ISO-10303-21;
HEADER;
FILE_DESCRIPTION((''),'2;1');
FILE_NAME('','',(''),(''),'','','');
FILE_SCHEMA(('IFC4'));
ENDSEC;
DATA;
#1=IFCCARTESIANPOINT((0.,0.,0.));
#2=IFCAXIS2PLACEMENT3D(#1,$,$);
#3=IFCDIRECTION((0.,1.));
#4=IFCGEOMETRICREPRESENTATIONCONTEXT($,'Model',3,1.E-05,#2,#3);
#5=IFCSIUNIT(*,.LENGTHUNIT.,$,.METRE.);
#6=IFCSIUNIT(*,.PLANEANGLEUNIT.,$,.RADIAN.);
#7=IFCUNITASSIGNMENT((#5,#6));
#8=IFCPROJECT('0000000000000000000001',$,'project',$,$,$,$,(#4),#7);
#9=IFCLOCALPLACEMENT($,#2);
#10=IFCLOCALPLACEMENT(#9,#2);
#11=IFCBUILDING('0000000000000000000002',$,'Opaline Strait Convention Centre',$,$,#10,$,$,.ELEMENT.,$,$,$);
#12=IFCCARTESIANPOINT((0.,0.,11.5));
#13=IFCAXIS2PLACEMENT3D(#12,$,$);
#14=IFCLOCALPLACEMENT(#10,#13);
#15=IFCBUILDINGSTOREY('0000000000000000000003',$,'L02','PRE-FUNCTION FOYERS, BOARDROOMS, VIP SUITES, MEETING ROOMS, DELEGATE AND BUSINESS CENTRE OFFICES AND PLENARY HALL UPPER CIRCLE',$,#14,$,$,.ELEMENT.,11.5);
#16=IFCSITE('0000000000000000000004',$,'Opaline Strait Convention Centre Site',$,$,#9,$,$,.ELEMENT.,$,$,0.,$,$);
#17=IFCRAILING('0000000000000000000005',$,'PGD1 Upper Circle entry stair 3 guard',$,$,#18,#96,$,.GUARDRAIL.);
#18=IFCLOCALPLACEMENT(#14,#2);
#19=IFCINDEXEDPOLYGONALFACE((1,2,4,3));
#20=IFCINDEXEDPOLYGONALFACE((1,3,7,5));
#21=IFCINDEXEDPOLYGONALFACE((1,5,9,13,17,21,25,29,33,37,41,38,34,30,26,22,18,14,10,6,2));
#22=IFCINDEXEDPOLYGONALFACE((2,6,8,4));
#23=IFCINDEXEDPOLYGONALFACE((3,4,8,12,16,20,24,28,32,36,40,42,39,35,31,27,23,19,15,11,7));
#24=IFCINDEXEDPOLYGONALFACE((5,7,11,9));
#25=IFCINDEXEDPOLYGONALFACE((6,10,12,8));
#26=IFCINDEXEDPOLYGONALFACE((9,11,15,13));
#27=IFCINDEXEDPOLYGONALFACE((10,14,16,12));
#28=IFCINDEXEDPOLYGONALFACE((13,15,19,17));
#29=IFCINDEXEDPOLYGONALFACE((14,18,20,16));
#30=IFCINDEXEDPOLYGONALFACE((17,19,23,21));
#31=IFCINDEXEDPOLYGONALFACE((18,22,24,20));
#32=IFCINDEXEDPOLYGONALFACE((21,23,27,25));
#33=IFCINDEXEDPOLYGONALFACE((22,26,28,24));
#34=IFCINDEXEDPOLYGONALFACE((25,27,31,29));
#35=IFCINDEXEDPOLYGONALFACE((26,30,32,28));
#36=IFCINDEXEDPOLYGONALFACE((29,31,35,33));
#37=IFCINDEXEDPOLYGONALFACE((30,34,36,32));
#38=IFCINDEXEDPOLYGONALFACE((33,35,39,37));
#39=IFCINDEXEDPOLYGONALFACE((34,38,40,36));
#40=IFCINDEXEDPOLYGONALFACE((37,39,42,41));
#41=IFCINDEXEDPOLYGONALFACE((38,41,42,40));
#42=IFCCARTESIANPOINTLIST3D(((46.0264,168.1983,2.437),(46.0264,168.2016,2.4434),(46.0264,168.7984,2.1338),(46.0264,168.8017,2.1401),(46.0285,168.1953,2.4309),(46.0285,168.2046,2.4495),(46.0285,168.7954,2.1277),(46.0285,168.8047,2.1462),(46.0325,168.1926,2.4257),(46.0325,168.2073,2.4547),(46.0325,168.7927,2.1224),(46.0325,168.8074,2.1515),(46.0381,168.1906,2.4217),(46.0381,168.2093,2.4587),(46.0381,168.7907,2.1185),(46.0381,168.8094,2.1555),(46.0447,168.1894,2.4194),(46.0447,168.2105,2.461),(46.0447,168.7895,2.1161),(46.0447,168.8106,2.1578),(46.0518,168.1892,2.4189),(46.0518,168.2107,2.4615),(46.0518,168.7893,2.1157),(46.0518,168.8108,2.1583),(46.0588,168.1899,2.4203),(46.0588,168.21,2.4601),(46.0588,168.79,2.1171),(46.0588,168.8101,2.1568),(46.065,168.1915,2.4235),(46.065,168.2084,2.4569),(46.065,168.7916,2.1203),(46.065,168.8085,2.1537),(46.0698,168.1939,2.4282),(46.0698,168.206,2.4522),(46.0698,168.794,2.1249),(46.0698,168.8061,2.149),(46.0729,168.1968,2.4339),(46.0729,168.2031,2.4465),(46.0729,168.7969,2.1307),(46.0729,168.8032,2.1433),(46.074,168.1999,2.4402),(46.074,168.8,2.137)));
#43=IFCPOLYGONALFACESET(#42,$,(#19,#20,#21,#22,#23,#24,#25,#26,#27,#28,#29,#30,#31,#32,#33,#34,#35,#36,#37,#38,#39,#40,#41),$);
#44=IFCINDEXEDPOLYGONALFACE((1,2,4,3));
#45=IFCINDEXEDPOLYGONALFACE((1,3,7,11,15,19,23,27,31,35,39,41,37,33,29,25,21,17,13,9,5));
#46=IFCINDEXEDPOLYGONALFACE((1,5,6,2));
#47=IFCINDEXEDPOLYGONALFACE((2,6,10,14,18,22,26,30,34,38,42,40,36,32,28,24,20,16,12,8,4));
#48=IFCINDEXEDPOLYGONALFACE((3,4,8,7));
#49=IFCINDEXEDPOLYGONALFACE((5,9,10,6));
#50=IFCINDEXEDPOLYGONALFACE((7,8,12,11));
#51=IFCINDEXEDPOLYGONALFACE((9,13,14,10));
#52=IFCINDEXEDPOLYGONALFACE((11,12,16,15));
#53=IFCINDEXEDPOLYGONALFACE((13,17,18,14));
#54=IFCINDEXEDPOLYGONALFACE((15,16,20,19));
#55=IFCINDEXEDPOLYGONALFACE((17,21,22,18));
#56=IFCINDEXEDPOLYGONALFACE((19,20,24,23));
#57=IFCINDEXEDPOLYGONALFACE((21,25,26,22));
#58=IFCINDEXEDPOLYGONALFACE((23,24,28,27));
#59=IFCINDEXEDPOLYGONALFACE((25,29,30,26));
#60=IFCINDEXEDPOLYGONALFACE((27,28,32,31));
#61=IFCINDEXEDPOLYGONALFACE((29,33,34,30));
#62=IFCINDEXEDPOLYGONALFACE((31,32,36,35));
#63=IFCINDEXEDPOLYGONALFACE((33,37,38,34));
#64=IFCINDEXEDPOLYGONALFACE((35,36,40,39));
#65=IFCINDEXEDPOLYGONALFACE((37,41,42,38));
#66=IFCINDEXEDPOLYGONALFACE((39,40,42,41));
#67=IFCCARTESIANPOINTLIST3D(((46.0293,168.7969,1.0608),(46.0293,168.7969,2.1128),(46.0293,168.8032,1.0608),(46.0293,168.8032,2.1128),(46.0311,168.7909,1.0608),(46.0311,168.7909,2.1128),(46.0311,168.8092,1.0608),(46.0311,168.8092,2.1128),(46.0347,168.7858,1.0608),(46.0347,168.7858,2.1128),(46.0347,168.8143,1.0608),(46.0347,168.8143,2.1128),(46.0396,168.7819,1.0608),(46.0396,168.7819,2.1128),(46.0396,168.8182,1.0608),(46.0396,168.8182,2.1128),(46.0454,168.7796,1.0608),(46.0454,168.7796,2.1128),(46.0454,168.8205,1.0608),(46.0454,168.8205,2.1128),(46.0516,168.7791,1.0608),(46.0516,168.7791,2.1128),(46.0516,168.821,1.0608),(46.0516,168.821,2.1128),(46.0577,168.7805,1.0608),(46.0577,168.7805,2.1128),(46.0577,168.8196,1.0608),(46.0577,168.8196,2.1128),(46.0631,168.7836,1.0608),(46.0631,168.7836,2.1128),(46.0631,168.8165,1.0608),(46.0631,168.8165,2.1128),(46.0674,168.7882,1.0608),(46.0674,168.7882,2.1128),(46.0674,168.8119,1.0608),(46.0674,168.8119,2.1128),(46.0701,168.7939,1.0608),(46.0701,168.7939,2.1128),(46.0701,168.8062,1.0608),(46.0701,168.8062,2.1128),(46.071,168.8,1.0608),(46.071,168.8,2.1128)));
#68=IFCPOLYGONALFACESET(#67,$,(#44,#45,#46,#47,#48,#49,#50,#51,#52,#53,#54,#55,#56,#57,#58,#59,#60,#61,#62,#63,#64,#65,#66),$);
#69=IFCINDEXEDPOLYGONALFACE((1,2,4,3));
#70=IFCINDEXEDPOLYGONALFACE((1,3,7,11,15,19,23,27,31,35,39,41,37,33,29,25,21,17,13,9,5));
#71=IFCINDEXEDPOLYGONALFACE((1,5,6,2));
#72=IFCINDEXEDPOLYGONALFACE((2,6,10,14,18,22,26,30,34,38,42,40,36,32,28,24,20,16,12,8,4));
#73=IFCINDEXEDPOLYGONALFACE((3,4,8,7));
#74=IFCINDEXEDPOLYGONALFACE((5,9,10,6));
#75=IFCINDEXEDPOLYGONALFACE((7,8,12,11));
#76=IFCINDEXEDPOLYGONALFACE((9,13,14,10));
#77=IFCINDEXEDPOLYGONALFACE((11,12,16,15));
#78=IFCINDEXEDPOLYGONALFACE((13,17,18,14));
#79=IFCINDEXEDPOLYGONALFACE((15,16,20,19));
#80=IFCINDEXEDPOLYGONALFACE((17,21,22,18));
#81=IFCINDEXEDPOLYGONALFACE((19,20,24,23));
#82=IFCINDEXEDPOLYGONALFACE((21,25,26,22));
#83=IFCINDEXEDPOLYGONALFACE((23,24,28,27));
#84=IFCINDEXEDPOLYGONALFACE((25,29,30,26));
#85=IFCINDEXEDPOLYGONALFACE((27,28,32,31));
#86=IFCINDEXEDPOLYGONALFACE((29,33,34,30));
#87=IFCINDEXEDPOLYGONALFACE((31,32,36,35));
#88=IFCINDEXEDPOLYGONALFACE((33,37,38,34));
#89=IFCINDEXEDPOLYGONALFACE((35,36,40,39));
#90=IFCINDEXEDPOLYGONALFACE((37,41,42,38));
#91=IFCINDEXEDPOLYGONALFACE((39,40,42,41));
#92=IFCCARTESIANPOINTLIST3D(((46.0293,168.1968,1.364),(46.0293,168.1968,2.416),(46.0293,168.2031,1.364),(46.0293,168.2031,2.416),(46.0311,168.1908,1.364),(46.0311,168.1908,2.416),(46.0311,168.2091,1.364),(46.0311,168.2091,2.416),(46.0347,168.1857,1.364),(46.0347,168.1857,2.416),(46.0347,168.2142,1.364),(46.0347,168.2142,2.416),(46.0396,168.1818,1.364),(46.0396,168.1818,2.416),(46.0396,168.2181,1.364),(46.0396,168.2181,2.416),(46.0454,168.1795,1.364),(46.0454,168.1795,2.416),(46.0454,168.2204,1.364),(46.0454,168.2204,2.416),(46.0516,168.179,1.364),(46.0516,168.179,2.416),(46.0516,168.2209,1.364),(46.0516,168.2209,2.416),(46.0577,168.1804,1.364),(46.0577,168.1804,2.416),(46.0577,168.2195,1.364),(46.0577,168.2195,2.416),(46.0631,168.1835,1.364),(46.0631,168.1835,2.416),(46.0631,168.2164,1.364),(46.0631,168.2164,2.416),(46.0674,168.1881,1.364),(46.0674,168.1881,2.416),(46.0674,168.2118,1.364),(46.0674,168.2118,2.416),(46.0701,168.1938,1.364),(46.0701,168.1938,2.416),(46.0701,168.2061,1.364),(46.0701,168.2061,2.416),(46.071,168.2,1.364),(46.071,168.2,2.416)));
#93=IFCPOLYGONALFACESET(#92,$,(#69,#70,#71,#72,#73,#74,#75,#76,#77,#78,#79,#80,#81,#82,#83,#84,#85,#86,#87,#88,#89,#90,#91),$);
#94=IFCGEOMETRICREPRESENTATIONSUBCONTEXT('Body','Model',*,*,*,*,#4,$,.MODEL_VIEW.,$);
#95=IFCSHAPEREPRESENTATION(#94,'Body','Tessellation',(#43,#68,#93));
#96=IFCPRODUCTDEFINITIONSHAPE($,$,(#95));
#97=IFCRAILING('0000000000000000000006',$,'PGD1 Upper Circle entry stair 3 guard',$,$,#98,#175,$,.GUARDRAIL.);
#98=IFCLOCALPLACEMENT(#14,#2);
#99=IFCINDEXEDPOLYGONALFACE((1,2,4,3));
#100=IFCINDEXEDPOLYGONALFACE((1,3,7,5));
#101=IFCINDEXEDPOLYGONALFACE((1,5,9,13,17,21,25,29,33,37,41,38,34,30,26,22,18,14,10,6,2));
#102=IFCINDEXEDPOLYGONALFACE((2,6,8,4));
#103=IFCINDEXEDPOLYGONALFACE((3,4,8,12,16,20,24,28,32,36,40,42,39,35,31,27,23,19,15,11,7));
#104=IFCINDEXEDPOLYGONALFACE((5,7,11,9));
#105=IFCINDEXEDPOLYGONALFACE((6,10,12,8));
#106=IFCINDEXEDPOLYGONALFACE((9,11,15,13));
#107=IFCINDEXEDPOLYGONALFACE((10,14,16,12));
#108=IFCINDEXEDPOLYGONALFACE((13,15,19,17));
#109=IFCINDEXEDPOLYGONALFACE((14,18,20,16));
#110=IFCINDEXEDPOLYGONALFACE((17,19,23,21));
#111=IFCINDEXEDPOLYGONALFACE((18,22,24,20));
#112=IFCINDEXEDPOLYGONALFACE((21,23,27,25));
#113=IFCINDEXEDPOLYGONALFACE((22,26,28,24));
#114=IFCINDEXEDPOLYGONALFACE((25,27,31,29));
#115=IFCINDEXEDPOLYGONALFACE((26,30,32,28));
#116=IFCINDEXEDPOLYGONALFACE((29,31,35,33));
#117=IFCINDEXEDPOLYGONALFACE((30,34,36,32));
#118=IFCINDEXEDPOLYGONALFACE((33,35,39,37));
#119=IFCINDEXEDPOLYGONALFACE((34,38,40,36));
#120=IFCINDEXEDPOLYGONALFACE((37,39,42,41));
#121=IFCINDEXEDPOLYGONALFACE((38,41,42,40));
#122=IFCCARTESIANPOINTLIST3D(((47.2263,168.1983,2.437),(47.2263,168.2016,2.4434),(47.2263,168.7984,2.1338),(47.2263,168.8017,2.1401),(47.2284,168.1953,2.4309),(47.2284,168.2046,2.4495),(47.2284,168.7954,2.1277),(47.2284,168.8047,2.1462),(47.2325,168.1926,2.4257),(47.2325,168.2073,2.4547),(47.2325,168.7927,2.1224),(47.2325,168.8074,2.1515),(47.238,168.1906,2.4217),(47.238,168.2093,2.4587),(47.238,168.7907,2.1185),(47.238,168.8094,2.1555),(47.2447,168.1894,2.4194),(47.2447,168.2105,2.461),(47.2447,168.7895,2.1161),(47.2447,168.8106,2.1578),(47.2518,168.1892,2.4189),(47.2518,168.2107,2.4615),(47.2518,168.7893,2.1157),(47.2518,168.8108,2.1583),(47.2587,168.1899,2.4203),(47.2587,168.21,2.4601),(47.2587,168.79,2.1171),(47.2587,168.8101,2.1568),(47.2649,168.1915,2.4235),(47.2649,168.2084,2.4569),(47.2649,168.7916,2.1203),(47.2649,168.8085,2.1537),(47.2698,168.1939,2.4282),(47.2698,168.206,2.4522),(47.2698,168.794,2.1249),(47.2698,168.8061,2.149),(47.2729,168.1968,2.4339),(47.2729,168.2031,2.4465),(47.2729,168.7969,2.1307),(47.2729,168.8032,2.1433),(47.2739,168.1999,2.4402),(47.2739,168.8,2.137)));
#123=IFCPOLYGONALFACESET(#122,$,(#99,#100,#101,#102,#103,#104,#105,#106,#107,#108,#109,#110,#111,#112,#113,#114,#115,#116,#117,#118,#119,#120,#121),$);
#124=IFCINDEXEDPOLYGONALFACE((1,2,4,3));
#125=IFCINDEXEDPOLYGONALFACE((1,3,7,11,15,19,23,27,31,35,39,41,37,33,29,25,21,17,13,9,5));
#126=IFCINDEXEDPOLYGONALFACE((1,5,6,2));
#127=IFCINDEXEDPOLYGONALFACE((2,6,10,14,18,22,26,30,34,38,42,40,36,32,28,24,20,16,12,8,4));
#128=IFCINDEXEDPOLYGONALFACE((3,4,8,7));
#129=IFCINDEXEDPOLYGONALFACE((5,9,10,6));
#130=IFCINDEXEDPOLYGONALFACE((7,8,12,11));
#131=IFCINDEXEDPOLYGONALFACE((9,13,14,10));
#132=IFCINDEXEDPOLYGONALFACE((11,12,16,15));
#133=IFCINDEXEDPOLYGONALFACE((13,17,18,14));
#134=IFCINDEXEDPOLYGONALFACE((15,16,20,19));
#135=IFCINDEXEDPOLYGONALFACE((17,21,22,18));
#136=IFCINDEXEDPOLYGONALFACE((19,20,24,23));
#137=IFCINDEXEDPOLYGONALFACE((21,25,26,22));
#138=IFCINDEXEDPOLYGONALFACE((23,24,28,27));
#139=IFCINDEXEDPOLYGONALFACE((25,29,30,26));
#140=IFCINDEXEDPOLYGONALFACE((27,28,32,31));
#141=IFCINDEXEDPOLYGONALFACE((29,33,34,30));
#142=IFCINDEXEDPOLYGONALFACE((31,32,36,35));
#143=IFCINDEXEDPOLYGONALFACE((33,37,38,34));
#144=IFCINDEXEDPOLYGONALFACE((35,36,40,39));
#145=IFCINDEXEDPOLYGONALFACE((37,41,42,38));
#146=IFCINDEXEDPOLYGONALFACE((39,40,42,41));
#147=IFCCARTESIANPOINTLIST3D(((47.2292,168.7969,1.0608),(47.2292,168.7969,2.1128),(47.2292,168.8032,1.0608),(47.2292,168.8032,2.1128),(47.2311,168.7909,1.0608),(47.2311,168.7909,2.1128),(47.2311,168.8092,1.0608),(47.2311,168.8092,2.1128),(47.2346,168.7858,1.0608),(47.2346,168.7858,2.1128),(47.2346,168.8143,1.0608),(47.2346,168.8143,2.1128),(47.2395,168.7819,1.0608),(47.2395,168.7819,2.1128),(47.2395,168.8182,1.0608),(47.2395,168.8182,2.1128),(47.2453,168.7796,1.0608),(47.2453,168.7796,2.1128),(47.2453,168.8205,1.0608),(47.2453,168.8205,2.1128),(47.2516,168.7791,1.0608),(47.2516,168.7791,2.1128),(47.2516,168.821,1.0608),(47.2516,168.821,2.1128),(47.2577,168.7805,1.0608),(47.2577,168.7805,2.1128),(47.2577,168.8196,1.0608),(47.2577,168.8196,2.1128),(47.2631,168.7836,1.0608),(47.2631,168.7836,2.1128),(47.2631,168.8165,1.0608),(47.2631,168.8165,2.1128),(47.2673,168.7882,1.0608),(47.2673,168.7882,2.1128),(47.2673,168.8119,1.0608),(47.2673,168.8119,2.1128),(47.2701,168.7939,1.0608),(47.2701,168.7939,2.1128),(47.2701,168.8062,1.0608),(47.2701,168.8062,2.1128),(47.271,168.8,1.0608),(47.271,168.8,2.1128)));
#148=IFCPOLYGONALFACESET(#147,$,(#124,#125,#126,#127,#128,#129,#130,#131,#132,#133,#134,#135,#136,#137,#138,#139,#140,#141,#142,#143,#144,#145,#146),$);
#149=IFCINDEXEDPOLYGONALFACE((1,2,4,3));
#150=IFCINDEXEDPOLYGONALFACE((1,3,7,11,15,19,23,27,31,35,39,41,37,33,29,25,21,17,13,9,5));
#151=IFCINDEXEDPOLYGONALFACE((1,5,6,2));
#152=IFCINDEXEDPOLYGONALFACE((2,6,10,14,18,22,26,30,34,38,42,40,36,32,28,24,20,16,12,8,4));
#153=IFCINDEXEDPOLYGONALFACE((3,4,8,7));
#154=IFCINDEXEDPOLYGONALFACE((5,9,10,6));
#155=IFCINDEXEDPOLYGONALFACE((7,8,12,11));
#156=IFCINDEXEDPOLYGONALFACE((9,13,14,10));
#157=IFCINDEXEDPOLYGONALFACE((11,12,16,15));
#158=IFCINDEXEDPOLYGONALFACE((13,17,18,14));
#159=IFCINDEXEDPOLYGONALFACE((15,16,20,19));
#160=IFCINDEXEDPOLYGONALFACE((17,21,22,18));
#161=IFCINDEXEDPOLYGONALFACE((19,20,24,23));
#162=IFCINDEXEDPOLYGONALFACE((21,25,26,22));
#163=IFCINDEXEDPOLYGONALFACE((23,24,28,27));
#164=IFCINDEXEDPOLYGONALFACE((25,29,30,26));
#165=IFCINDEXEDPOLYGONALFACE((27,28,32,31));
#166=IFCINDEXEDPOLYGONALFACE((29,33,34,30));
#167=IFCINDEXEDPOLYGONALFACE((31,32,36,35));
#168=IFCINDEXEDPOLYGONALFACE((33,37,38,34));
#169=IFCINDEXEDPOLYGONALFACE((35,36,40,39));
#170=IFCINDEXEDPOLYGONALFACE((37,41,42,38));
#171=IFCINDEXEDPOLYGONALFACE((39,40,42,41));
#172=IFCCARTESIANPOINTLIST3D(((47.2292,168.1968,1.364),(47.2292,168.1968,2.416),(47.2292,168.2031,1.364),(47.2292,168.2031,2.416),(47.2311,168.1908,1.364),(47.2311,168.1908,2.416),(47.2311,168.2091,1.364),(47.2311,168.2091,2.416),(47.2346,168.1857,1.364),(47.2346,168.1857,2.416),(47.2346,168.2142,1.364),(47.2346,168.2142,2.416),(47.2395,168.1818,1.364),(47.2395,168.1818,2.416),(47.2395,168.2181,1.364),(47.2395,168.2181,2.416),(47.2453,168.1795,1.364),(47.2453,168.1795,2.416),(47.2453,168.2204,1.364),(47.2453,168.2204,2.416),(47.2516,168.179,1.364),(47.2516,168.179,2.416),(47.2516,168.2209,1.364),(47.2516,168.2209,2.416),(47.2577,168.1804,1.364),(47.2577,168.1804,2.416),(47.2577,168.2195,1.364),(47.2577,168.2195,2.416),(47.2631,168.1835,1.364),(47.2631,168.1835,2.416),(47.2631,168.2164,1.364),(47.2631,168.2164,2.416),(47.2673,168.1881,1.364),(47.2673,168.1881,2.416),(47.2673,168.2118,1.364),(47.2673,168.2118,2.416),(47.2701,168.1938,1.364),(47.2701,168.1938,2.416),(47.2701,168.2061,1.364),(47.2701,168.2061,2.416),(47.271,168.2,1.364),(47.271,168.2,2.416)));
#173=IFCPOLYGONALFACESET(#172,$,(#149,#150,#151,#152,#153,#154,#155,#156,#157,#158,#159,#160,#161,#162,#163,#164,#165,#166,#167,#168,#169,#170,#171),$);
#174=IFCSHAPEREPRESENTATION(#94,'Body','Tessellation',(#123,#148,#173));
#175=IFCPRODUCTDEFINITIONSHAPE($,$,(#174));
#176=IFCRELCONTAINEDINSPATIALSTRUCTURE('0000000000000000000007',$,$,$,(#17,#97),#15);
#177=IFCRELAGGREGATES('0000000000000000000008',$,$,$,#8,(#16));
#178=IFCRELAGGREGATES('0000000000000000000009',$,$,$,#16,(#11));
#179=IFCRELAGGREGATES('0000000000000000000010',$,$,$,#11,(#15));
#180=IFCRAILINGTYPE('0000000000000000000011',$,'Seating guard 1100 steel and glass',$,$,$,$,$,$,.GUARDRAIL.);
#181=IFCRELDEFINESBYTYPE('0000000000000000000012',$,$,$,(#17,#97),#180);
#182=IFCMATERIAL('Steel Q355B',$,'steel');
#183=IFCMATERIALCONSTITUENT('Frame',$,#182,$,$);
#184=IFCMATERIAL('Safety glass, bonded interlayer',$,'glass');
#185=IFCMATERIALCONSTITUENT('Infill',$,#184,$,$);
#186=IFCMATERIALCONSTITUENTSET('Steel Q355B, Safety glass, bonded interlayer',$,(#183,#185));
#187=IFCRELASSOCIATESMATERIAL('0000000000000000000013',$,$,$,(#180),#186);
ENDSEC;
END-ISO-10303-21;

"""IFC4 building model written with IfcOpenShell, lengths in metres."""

from ifc_helpers import new_model, si_unit, direction, frame, origin, origin_2d, place, context, subcontext, project, spatial, circle, extrude, material, constituent, constituent_set, type_object, element, save


model = new_model("IFC4")

# Units and contexts
model_context = context("Model", 3, precision=1e-05, world=origin(), true_north=direction((0.0, 1.0)))
body_context = subcontext(model_context, "Body", "Model", "MODEL_VIEW")
ifc_project = project(units=[si_unit("LENGTHUNIT", "METRE"), si_unit("PLANEANGLEUNIT", "RADIAN")], contexts=[model_context])

# Site, building, storey
site_placement = place(None, origin())
site = spatial("IfcSite", under=ifc_project, at=site_placement, Name="Opaline Strait Convention Centre Site", CompositionType="ELEMENT", RefElevation=0.0)
building_placement = place(site_placement, origin())
building = spatial("IfcBuilding", under=site, at=building_placement, Name="Opaline Strait Convention Centre", CompositionType="ELEMENT")
storey_placement = place(building_placement, frame((0.0, 0.0, 11.5)))
storey = spatial("IfcBuildingStorey", under=building, at=storey_placement, Name="L02", Description="PRE-FUNCTION FOYERS, BOARDROOMS, VIP SUITES, MEETING ROOMS, DELEGATE AND BUSINESS CENTRE OFFICES AND PLENARY HALL UPPER CIRCLE", CompositionType="ELEMENT", Elevation=11.5)

# Shared definitions
ifc_material_1 = material(Name="Steel Q355B", Category="steel")

# Railings
ifc_constituent_1 = constituent(ifc_material_1, Name="Frame")
ifc_material_2 = material(Name="Safety glass, bonded interlayer", Category="glass")
ifc_constituent_2 = constituent(ifc_material_2, Name="Infill")
ifc_constituent_set = constituent_set(constituents=[ifc_constituent_1, ifc_constituent_2], Name="Steel Q355B, Safety glass, bonded interlayer")
railing_type_1 = type_object("IfcRailingType", Name="Seating guard 1100 steel and glass", PredefinedType="GUARDRAIL", material=ifc_constituent_set)
for number, where, name in (
    (1, (46.05, 168.8, 1.0608), "PGD1 Upper Circle entry stair 3 guard"),
    (2, (47.25, 168.8, 1.0608), "PGD1 Upper Circle entry stair 3 guard"),
):
    element("IfcRailing", number, at=place(storey_placement, frame(where)), inside=storey, type_object=railing_type_1, Name=name, PredefinedType="GUARDRAIL", context=body_context, shape_type="SweptSolid", body=[
        extrude(circle(Radius=0.0239, at=origin_2d()), frame((0.0, 0.0, 1.0762), z_axis=(0.0, -0.892531, 0.450986), x_axis=(1.0, 0.0, 0.0)), (0.0, 0.0, 1.0), 0.6724),
        extrude(circle(Radius=0.021, at=origin_2d()), origin(), (0.0, 0.0, 1.0), 1.052),
        extrude(circle(Radius=0.021, at=origin_2d()), frame((0.0, -0.6001, 0.3032)), (0.0, 0.0, 1.0), 1.052),
    ])

save(model, "model.ifc")
